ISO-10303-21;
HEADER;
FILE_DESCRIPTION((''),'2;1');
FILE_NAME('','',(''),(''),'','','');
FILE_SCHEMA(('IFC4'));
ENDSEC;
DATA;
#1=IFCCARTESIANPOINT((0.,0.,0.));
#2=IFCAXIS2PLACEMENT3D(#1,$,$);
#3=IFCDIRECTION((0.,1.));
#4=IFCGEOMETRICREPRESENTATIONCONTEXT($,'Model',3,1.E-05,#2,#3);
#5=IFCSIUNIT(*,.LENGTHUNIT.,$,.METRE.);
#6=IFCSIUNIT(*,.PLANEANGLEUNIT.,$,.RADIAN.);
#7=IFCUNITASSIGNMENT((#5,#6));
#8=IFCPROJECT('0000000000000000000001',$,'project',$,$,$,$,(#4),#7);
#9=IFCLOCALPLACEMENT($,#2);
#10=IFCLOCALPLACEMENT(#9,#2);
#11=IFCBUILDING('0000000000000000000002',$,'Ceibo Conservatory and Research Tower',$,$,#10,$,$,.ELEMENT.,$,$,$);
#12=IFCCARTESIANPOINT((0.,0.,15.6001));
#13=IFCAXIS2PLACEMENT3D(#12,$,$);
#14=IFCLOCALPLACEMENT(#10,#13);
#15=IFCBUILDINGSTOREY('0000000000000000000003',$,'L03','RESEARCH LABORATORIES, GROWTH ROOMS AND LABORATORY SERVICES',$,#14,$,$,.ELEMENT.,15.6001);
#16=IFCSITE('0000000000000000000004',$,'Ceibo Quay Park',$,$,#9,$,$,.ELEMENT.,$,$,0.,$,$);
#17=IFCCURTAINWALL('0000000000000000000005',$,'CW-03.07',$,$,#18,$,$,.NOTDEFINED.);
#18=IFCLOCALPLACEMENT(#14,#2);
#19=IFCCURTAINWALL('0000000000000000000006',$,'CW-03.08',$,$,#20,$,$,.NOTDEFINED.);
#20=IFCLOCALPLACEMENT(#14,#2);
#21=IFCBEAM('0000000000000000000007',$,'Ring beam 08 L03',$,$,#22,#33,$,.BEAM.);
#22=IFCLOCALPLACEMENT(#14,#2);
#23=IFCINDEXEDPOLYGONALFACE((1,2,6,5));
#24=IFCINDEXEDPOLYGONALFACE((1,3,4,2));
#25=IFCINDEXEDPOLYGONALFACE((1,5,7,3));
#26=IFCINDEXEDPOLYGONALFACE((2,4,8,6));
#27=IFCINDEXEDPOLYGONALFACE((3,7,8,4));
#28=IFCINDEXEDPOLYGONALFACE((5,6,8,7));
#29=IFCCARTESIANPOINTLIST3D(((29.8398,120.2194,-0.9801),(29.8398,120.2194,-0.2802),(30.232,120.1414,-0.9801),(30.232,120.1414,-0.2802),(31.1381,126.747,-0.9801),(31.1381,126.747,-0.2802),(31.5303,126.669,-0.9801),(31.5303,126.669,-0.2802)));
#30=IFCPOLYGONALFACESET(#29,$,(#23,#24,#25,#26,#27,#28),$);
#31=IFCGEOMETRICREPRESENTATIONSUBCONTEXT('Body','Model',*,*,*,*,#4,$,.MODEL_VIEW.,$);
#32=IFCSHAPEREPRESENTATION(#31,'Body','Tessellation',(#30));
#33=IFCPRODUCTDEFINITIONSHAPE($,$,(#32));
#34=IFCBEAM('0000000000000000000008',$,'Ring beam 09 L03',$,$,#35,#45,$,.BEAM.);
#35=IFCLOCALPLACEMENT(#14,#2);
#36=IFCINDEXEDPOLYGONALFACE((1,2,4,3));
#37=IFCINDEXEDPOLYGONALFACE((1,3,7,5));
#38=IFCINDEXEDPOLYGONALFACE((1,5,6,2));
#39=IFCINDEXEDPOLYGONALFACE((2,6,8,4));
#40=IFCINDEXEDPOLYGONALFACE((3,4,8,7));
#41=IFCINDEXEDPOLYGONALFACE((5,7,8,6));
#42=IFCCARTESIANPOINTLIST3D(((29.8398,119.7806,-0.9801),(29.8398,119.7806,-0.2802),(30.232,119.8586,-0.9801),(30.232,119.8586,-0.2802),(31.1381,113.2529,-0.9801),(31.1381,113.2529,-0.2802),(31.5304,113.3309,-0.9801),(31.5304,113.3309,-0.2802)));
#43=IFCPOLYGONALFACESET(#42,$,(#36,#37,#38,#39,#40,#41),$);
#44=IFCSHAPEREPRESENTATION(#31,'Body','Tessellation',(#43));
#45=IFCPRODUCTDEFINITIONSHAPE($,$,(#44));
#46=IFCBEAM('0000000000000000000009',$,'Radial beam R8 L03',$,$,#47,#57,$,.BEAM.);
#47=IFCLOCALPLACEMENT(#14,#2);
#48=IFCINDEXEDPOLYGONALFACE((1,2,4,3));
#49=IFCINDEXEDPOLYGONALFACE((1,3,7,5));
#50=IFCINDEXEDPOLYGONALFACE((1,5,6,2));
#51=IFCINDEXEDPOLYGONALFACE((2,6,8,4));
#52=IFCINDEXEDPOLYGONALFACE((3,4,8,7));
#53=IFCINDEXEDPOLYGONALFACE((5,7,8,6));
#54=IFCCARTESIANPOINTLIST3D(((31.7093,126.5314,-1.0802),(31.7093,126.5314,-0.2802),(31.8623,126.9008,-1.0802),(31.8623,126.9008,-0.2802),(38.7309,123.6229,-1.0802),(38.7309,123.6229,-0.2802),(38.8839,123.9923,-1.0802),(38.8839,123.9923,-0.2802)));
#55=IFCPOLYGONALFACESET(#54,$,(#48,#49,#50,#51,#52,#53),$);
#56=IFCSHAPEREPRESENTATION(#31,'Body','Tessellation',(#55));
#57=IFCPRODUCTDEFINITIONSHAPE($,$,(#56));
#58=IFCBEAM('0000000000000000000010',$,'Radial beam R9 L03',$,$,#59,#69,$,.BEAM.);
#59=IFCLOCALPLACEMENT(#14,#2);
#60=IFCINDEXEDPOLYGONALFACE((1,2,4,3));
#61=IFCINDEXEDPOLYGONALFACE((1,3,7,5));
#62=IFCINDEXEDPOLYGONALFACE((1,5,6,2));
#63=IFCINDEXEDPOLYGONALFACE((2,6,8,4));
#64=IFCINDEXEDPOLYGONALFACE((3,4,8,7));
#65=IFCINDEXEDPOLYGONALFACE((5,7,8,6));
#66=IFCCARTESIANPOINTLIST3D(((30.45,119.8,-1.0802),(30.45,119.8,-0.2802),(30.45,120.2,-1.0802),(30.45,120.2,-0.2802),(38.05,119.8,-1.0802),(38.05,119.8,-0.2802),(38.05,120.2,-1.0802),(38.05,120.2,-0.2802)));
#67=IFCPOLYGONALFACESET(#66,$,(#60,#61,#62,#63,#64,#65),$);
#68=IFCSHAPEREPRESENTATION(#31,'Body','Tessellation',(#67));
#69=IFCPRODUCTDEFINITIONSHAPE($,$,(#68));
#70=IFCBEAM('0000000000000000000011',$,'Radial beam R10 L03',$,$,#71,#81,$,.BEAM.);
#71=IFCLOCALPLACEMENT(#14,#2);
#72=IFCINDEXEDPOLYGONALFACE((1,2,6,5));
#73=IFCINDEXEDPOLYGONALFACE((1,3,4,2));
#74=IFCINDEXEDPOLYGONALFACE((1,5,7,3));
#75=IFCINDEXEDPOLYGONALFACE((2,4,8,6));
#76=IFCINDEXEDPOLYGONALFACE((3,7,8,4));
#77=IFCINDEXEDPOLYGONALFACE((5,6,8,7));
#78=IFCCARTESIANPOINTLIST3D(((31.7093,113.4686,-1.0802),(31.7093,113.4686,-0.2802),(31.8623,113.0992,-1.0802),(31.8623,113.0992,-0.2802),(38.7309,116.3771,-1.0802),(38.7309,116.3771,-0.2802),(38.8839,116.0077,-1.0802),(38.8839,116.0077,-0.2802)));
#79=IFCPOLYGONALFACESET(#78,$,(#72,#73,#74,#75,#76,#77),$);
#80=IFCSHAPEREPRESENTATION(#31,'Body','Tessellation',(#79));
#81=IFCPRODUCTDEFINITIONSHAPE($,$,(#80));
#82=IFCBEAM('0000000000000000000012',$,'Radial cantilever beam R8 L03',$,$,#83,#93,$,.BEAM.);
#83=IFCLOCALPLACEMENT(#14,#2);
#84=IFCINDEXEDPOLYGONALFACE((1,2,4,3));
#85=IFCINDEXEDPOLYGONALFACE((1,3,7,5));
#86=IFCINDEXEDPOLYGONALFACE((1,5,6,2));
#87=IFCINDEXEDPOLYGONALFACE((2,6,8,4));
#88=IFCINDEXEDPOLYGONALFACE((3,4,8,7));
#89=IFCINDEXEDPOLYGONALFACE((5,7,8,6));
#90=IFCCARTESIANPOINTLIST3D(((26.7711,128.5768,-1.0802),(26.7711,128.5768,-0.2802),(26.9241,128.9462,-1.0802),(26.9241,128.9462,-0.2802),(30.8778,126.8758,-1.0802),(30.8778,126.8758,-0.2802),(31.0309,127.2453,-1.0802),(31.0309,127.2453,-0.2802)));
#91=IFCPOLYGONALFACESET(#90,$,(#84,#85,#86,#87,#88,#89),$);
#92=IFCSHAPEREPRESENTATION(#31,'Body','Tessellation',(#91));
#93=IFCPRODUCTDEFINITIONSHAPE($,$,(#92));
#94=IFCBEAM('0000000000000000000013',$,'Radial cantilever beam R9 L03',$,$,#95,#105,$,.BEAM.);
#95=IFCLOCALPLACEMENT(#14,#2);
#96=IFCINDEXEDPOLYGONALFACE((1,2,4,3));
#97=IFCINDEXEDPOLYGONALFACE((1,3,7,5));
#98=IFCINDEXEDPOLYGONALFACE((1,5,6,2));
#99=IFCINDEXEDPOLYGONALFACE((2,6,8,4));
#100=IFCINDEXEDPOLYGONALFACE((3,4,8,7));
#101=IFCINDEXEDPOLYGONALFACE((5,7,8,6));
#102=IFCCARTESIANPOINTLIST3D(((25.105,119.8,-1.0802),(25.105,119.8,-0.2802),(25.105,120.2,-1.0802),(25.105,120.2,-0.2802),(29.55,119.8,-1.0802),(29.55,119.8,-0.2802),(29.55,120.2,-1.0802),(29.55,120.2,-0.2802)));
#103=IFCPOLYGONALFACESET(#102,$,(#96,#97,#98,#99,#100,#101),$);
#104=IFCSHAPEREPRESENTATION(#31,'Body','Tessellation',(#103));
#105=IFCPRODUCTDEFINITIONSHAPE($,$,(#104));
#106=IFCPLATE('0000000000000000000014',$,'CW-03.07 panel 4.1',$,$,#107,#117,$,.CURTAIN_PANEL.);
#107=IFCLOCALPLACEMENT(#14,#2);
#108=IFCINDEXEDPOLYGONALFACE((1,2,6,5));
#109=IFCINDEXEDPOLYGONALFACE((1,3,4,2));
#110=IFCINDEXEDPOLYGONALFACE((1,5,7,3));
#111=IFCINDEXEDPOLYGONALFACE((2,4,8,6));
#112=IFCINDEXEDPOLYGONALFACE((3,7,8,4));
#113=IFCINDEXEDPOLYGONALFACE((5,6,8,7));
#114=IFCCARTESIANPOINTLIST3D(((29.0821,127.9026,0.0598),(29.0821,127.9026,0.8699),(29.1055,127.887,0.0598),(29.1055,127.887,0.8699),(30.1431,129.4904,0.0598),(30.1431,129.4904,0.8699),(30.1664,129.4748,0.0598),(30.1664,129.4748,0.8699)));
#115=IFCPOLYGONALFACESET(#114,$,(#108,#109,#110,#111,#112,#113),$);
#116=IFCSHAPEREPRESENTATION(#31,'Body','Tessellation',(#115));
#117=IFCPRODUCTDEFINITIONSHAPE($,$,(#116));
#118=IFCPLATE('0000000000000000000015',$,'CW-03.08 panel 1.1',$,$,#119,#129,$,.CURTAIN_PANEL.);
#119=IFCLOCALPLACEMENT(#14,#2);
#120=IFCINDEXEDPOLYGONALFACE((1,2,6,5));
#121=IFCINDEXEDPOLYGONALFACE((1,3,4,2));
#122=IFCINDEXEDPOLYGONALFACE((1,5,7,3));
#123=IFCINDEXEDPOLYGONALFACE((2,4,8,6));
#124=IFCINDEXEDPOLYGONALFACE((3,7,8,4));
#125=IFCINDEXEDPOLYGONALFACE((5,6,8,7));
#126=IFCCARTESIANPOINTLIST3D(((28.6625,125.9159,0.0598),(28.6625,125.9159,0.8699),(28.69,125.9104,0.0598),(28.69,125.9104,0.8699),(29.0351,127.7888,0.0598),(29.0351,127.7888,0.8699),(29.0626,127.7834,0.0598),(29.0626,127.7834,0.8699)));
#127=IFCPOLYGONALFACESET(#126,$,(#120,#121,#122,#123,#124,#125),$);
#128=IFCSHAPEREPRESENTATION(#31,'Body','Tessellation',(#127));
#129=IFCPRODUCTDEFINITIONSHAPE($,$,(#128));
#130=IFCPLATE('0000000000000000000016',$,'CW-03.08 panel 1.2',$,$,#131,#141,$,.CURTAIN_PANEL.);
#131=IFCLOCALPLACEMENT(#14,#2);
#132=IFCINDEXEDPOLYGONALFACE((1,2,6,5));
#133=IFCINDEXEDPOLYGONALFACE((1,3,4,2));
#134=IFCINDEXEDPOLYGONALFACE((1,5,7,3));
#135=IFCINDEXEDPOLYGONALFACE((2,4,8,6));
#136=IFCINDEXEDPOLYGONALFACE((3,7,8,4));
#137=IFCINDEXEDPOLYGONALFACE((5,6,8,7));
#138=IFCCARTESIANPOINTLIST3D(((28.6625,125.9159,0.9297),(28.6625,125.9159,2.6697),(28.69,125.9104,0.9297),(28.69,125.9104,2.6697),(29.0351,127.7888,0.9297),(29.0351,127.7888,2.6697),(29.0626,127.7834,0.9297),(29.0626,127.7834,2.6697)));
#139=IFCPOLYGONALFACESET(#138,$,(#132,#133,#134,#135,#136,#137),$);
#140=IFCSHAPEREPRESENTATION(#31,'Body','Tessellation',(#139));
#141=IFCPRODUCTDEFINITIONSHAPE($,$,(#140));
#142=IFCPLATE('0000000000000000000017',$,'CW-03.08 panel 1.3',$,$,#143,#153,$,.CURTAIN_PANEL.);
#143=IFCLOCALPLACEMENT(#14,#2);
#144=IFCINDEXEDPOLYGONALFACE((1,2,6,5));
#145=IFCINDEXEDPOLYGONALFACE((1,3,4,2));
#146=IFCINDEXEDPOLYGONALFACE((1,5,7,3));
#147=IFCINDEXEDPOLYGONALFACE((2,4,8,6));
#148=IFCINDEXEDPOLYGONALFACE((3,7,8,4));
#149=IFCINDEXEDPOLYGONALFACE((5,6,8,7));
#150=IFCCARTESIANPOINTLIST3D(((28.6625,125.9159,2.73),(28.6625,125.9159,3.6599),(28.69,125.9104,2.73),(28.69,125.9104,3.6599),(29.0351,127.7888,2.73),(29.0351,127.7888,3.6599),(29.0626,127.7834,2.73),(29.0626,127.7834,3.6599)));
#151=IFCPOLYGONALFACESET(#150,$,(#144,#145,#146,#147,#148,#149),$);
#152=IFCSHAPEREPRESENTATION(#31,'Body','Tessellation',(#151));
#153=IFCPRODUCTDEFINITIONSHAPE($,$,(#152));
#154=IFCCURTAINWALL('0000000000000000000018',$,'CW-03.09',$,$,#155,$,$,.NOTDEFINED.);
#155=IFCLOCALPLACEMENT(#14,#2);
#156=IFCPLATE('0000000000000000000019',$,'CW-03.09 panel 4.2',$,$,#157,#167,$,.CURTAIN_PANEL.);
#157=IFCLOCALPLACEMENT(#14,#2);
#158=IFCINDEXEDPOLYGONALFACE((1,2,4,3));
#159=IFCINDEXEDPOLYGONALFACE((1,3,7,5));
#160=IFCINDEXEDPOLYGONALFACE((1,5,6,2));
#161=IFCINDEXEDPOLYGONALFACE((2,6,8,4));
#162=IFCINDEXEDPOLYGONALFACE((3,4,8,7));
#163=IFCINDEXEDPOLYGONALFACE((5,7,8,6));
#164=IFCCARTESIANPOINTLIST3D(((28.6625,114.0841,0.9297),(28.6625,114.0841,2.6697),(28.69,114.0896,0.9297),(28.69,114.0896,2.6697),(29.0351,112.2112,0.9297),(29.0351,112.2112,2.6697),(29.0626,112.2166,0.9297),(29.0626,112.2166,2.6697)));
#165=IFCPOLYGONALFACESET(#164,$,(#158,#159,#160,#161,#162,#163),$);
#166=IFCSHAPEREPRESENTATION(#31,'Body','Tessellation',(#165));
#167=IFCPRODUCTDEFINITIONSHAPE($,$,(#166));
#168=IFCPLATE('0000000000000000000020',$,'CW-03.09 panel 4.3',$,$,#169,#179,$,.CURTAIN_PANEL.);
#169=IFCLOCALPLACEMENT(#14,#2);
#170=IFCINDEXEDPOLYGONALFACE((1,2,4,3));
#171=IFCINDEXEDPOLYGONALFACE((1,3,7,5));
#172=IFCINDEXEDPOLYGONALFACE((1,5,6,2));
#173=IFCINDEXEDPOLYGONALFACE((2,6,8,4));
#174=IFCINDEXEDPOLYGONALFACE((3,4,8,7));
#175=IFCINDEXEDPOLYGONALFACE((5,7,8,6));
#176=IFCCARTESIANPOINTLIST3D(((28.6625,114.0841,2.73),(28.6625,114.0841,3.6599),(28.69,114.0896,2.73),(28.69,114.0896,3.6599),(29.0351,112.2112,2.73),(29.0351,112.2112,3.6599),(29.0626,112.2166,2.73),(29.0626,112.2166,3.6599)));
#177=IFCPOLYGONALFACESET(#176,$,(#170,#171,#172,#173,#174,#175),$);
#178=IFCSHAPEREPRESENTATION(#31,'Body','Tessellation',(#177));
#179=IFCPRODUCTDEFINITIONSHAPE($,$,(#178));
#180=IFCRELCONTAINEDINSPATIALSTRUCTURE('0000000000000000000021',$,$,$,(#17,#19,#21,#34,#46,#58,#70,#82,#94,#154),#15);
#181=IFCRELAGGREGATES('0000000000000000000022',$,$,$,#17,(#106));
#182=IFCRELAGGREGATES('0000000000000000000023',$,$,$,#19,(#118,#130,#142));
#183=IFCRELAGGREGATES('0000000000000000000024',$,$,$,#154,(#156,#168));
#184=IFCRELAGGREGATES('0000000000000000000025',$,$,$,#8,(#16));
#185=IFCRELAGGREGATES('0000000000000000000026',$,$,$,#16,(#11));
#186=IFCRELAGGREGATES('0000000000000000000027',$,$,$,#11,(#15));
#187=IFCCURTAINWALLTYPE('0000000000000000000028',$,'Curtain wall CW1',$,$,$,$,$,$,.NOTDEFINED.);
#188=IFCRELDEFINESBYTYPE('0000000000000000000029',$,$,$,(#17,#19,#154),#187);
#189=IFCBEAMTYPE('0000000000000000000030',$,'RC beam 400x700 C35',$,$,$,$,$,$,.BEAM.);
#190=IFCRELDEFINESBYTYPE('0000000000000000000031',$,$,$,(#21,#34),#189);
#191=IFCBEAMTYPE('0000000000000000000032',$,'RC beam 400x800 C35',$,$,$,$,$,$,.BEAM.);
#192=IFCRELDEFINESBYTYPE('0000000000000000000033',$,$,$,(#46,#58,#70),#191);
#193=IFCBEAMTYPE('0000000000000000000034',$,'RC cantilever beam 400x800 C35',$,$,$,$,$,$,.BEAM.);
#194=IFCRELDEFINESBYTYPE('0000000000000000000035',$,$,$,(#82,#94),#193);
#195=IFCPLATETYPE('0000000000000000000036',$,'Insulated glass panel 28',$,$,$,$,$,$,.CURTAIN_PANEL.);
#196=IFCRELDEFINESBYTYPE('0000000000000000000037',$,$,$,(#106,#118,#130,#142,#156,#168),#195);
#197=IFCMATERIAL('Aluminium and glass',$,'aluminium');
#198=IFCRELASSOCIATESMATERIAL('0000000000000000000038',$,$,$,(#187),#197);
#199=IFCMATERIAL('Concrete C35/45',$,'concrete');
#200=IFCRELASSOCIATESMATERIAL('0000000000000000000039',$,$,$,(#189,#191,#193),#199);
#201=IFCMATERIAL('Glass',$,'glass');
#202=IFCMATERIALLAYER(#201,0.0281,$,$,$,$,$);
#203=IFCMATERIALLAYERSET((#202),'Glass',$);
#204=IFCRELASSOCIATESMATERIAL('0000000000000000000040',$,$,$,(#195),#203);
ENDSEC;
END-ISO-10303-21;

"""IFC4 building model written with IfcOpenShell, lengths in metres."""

from ifc_helpers import new_model, si_unit, direction, frame, origin, origin_2d, place, context, subcontext, project, spatial, rectangle, extrude, material, layer, layer_set, material_profile, profile_set, type_object, element, aggregate, save


model = new_model("IFC4")

# Units and contexts
model_context = context("Model", 3, precision=1e-05, world=origin(), true_north=direction((0.0, 1.0)))
body_context = subcontext(model_context, "Body", "Model", "MODEL_VIEW")
ifc_project = project(units=[si_unit("LENGTHUNIT", "METRE"), si_unit("PLANEANGLEUNIT", "RADIAN")], contexts=[model_context])

# Site, building, storey
site_placement = place(None, origin())
site = spatial("IfcSite", under=ifc_project, at=site_placement, Name="Ceibo Quay Park", CompositionType="ELEMENT", RefElevation=0.0)
building_placement = place(site_placement, origin())
building = spatial("IfcBuilding", under=site, at=building_placement, Name="Ceibo Conservatory and Research Tower", CompositionType="ELEMENT")
storey_placement = place(building_placement, frame((0.0, 0.0, 15.6001)))
storey = spatial("IfcBuildingStorey", under=building, at=storey_placement, Name="L03", Description="RESEARCH LABORATORIES, GROWTH ROOMS AND LABORATORY SERVICES", CompositionType="ELEMENT", Elevation=15.6001)

# Shared definitions
ifc_material_1 = material(Name="Concrete C35/45", Category="concrete")

# Curtain wall
ifc_material_2 = material(Name="Aluminium and glass", Category="aluminium")
curtain_wall_type = type_object("IfcCurtainWallType", Name="Curtain wall CW1", PredefinedType="NOTDEFINED", material=ifc_material_2)
curtain_wall_1_placement = place(storey_placement, origin())
curtain_wall_1 = element("IfcCurtainWall", 1, at=curtain_wall_1_placement, inside=storey, type_object=curtain_wall_type, Name="CW-03.07", PredefinedType="NOTDEFINED")

# Curtain wall
curtain_wall_2_placement = place(storey_placement, origin())
curtain_wall_2 = element("IfcCurtainWall", 2, at=curtain_wall_2_placement, inside=storey, type_object=curtain_wall_type, Name="CW-03.08", PredefinedType="NOTDEFINED")

# Beams
ifc_material_profile_1 = material_profile(ifc_material_1, rectangle(XDim=0.3999, YDim=0.7, at=origin_2d()), Name="RC 400x700")
ifc_profile_set_1 = profile_set([ifc_material_profile_1], Name="Concrete C35/45")
beam_type_1 = type_object("IfcBeamType", Name="RC beam 400x700 C35", PredefinedType="BEAM", material=ifc_profile_set_1)
for number, where, z_axis, x_axis, name in (
    (3, (31.3342, 126.708, -0.6301), (-0.195079, -0.980788, 0.0), (0.980788, -0.195079, 0.0), "Ring beam 08 L03"),
    (4, (30.0359, 119.8196, -0.6301), (0.195079, -0.980788, 0.0), (0.980788, 0.195079, 0.0), "Ring beam 09 L03"),
):
    element("IfcBeam", number, at=place(storey_placement, frame(where, z_axis=z_axis, x_axis=x_axis)), inside=storey, type_object=beam_type_1, Name=name, PredefinedType="BEAM", context=body_context, shape_type="SweptSolid", body=[
        extrude(rectangle(XDim=0.3999, YDim=0.7, at=origin_2d()), origin(), (0.0, 0.0, 1.0), 6.6555),
    ])
ifc_material_profile_2 = material_profile(ifc_material_1, rectangle(XDim=0.3999, YDim=0.8, at=origin_2d()), Name="RC 400x800")
ifc_profile_set_2 = profile_set([ifc_material_profile_2], Name="Concrete C35/45")
beam_type_2 = type_object("IfcBeamType", Name="RC beam 400x800 C35", PredefinedType="BEAM", material=ifc_profile_set_2)
for number, where, z_axis, x_axis, name in (
    (5, (38.8074, 123.8076, -0.6802), (-0.923877, 0.382689, 0.0), (-0.382689, -0.923877, 0.0), "Radial beam R8 L03"),
    (6, (38.05, 120.0, -0.6802), (-1.0, 0.0, 0.0), (0.0, -1.0, 0.0), "Radial beam R9 L03"),
    (7, (38.8074, 116.1924, -0.6802), (-0.923877, -0.382689, 0.0), (0.382689, -0.923877, 0.0), "Radial beam R10 L03"),
):
    element("IfcBeam", number, at=place(storey_placement, frame(where, z_axis=z_axis, x_axis=x_axis)), inside=storey, type_object=beam_type_2, Name=name, PredefinedType="BEAM", context=body_context, shape_type="SweptSolid", body=[
        extrude(rectangle(XDim=0.3999, YDim=0.8, at=origin_2d()), origin(), (0.0, 0.0, 1.0), 7.6001),
    ])
ifc_material_profile_3 = material_profile(ifc_material_1, rectangle(XDim=0.3999, YDim=0.8, at=origin_2d()), Name="RC 400x800")
ifc_profile_set_3 = profile_set([ifc_material_profile_3], Name="Concrete C35/45")
beam_type_3 = type_object("IfcBeamType", Name="RC cantilever beam 400x800 C35", PredefinedType="BEAM", material=ifc_profile_set_3)
for number, where, z_axis, x_axis, name in (
    (8, (30.9543, 127.0605, -0.6802), (-0.923889, 0.382661, 0.0), (-0.382661, -0.923889, 0.0), "Radial cantilever beam R8 L03"),
    (9, (29.55, 120.0, -0.6802), (-1.0, 0.0, 0.0), (0.0, -1.0, 0.0), "Radial cantilever beam R9 L03"),
):
    element("IfcBeam", number, at=place(storey_placement, frame(where, z_axis=z_axis, x_axis=x_axis)), inside=storey, type_object=beam_type_3, Name=name, PredefinedType="BEAM", context=body_context, shape_type="SweptSolid", body=[
        extrude(rectangle(XDim=0.3999, YDim=0.8, at=origin_2d()), origin(), (0.0, 0.0, 1.0), 4.4451),
    ])

# Plates
ifc_material_3 = material(Name="Glass", Category="glass")
ifc_layer_1 = layer(ifc_material_3, 0.0281)
ifc_layer_set_1 = layer_set([ifc_layer_1], Name="Glass")
plate_type = type_object("IfcPlateType", Name="Insulated glass panel 28", PredefinedType="CURTAIN_PANEL", material=ifc_layer_set_1)
plate_1_placement = place(storey_placement, frame((29.6243, 128.6887, 0.0598), z_axis=(0.0, 0.0, 1.0), x_axis=(-0.55557, -0.83147, 0.0)))
plate_1 = element("IfcPlate", 10, at=plate_1_placement, type_object=plate_type, Name="CW-03.07 panel 4.1", PredefinedType="CURTAIN_PANEL", context=body_context, shape_type="SweptSolid", body=[
    extrude(rectangle(XDim=1.9097, YDim=0.0281, at=origin_2d()), origin(), (0.0, 0.0, 1.0), 0.8101),
])
aggregate(curtain_wall_1, [plate_1])
plate_2_placement = place(storey_placement, frame((28.8625, 126.8496, 0.0598), z_axis=(0.0, 0.0, 1.0), x_axis=(-0.19509, -0.980785, 0.0)))
plate_2 = element("IfcPlate", 11, at=plate_2_placement, type_object=plate_type, Name="CW-03.08 panel 1.1", PredefinedType="CURTAIN_PANEL", context=body_context, shape_type="SweptSolid", body=[
    extrude(rectangle(XDim=1.9097, YDim=0.0281, at=origin_2d()), origin(), (0.0, 0.0, 1.0), 0.8101),
])
plate_3_placement = place(storey_placement, frame((28.8625, 126.8496, 0.9297), z_axis=(0.0, 0.0, 1.0), x_axis=(-0.19509, -0.980785, 0.0)))
plate_3 = element("IfcPlate", 12, at=plate_3_placement, type_object=plate_type, Name="CW-03.08 panel 1.2", PredefinedType="CURTAIN_PANEL", context=body_context, shape_type="SweptSolid", body=[
    extrude(rectangle(XDim=1.9097, YDim=0.0281, at=origin_2d()), origin(), (0.0, 0.0, 1.0), 1.74),
])
plate_4_placement = place(storey_placement, frame((28.8625, 126.8496, 2.73), z_axis=(0.0, 0.0, 1.0), x_axis=(-0.19509, -0.980785, 0.0)))
plate_4 = element("IfcPlate", 13, at=plate_4_placement, type_object=plate_type, Name="CW-03.08 panel 1.3", PredefinedType="CURTAIN_PANEL", context=body_context, shape_type="SweptSolid", body=[
    extrude(rectangle(XDim=1.9097, YDim=0.0281, at=origin_2d()), origin(), (0.0, 0.0, 1.0), 0.9299),
])
aggregate(curtain_wall_2, [plate_2, plate_3, plate_4])

# Curtain wall, plates
curtain_wall_3_placement = place(storey_placement, origin())
curtain_wall_3 = element("IfcCurtainWall", 14, at=curtain_wall_3_placement, inside=storey, type_object=curtain_wall_type, Name="CW-03.09", PredefinedType="NOTDEFINED")
plate_5_placement = place(storey_placement, frame((28.8625, 113.1504, 0.9297), z_axis=(0.0, 0.0, 1.0), x_axis=(0.19509, -0.980785, 0.0)))
plate_5 = element("IfcPlate", 15, at=plate_5_placement, type_object=plate_type, Name="CW-03.09 panel 4.2", PredefinedType="CURTAIN_PANEL", context=body_context, shape_type="SweptSolid", body=[
    extrude(rectangle(XDim=1.9097, YDim=0.0281, at=origin_2d()), origin(), (0.0, 0.0, 1.0), 1.74),
])
plate_6_placement = place(storey_placement, frame((28.8625, 113.1504, 2.73), z_axis=(0.0, 0.0, 1.0), x_axis=(0.19509, -0.980785, 0.0)))
plate_6 = element("IfcPlate", 16, at=plate_6_placement, type_object=plate_type, Name="CW-03.09 panel 4.3", PredefinedType="CURTAIN_PANEL", context=body_context, shape_type="SweptSolid", body=[
    extrude(rectangle(XDim=1.9097, YDim=0.0281, at=origin_2d()), origin(), (0.0, 0.0, 1.0), 0.9299),
])
aggregate(curtain_wall_3, [plate_5, plate_6])

save(model, "model.ifc")
